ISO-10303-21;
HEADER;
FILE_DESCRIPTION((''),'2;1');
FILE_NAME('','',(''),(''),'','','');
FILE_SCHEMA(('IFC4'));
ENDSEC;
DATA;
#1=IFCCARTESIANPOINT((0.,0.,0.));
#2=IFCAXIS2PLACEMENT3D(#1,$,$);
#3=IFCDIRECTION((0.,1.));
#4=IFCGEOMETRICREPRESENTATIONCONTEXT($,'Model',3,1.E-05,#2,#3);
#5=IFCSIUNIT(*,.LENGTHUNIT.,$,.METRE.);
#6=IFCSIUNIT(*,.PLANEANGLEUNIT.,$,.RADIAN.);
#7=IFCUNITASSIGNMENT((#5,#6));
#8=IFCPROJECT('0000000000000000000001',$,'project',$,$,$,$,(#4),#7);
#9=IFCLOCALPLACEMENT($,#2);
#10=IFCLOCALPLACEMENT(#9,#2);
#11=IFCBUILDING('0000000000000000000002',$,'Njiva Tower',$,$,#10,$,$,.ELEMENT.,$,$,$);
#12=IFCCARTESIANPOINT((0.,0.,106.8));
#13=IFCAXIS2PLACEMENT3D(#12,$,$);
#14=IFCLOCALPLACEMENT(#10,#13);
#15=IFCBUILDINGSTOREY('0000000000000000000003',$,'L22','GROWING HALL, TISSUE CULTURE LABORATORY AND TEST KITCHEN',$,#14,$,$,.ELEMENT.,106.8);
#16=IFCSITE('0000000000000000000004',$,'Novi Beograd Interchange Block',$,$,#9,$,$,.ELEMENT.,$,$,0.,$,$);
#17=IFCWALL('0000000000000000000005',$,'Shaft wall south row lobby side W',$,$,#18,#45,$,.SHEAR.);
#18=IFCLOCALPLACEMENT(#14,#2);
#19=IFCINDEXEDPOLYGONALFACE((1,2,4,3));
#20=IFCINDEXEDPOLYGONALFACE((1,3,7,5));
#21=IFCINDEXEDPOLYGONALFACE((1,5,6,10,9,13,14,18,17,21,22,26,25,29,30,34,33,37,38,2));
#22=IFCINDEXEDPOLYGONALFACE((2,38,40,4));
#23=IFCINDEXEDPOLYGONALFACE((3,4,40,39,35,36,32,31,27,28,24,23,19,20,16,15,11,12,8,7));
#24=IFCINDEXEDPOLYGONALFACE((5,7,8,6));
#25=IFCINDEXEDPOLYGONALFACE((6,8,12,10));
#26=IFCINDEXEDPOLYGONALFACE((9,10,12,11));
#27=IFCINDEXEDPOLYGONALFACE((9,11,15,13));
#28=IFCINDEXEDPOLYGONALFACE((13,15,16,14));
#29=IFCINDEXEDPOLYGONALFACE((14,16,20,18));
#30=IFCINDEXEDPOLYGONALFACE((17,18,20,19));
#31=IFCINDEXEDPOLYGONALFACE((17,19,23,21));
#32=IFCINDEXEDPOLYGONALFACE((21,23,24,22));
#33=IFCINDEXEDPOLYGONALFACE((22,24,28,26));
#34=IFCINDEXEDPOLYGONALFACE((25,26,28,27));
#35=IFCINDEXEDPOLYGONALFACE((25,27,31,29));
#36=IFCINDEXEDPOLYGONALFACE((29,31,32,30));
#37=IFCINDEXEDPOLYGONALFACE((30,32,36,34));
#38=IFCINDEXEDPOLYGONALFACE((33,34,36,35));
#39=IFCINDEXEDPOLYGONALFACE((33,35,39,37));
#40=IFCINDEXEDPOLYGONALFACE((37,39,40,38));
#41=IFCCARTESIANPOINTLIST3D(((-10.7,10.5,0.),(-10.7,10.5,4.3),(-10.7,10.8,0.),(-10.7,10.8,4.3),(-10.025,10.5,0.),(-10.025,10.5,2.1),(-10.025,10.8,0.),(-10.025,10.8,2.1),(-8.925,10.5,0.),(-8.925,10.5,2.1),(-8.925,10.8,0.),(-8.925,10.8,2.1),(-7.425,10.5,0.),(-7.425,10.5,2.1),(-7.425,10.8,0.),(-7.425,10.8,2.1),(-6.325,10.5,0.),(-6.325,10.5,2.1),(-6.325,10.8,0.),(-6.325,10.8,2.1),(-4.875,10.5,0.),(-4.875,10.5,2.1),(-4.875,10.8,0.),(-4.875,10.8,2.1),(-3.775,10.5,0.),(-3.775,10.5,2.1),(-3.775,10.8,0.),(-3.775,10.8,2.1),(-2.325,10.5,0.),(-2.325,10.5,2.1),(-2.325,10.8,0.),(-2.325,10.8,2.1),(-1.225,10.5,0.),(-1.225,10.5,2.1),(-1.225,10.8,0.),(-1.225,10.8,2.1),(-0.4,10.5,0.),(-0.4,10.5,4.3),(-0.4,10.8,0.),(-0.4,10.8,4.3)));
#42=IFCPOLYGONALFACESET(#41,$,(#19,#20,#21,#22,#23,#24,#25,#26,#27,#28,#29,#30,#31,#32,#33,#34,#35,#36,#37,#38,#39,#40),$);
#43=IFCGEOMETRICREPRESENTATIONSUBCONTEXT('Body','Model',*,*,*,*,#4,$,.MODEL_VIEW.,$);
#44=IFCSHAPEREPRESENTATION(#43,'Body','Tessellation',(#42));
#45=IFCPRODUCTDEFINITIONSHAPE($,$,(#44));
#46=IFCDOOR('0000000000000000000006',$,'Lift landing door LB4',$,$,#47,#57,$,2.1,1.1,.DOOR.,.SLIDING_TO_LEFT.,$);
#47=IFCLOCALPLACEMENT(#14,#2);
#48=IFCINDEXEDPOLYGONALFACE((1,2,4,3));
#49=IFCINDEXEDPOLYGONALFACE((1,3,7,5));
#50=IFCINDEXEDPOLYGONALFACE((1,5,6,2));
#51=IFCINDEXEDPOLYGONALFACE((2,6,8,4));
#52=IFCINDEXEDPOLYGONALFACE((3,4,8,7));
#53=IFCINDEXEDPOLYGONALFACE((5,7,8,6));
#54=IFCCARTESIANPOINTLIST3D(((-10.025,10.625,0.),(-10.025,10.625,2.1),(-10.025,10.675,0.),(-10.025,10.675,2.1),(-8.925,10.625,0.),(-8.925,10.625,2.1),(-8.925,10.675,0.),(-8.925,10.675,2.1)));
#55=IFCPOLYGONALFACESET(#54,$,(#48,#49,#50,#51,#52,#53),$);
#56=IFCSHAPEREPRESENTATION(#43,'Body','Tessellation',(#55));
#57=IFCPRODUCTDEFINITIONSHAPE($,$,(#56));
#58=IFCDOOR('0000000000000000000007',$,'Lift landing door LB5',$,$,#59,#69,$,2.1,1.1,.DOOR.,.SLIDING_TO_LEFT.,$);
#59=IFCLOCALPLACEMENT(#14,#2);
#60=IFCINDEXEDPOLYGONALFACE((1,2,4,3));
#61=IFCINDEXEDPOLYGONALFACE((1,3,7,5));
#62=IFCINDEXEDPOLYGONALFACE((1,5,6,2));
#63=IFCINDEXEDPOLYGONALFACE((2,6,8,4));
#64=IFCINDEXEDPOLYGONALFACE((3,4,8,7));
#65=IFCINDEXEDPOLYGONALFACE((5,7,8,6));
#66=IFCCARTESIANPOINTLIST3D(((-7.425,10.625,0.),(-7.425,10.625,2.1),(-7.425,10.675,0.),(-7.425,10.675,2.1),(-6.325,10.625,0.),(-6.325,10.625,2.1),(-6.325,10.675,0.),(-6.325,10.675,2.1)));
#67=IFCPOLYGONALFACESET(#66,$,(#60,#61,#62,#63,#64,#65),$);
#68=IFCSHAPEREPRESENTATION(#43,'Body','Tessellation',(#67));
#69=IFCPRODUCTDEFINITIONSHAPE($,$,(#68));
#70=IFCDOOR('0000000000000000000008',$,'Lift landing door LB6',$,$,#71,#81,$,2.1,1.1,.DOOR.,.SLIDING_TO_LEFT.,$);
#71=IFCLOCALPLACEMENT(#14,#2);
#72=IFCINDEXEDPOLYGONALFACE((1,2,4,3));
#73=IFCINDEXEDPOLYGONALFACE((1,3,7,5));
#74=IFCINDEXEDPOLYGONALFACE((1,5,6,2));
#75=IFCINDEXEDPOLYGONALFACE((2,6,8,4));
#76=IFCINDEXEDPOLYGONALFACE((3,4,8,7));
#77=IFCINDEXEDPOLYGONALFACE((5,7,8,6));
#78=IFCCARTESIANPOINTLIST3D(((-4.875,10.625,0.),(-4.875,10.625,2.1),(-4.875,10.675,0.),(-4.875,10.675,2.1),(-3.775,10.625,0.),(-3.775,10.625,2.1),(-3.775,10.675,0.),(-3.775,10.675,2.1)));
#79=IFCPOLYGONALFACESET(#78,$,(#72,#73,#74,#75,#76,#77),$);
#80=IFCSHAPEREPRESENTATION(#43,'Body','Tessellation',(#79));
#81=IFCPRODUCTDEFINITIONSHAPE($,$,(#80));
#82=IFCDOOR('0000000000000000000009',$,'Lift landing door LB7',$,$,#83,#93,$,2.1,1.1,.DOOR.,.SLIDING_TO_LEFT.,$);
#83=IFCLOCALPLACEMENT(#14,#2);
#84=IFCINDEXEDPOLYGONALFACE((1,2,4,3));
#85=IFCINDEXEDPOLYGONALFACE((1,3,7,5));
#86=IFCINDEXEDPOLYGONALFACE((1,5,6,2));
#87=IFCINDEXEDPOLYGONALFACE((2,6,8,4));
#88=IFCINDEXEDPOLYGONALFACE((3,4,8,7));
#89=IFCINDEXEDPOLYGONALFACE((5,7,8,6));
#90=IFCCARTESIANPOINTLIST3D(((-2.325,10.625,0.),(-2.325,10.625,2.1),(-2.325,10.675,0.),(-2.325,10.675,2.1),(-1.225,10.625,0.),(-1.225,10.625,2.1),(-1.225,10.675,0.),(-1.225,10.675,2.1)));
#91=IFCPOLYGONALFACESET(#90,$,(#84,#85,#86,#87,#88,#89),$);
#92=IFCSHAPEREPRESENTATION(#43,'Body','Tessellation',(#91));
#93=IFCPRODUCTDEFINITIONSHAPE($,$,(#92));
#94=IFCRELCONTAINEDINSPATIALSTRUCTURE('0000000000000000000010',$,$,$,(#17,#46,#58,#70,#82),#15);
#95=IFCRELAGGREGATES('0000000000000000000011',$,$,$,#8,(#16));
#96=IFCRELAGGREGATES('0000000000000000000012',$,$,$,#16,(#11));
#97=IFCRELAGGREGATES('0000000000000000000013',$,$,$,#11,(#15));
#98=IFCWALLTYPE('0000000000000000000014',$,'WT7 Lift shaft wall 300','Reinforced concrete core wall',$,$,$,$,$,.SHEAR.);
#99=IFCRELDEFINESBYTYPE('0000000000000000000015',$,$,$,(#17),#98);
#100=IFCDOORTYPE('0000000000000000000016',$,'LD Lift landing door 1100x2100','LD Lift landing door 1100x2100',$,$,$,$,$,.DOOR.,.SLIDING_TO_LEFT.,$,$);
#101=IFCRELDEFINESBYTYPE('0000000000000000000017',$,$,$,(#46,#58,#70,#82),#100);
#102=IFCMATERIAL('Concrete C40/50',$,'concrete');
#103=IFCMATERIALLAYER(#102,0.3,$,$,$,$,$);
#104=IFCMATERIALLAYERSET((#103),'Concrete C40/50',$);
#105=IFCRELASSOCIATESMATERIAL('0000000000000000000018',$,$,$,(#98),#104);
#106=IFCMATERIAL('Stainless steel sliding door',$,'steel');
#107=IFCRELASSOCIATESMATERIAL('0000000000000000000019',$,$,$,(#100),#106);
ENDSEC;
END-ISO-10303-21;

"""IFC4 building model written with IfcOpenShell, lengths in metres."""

from ifc_helpers import new_model, si_unit, direction, frame, frame_2d, origin, place, context, subcontext, project, spatial, rectangle, extrude, material, layer, layer_set, type_object, element, fill, save


model = new_model("IFC4")

# Units and contexts
model_context = context("Model", 3, precision=1e-05, world=origin(), true_north=direction((0.0, 1.0)))
body_context = subcontext(model_context, "Body", "Model", "MODEL_VIEW")
ifc_project = project(units=[si_unit("LENGTHUNIT", "METRE"), si_unit("PLANEANGLEUNIT", "RADIAN")], contexts=[model_context])

# Site, building, storey
site_placement = place(None, origin())
site = spatial("IfcSite", under=ifc_project, at=site_placement, Name="Novi Beograd Interchange Block", CompositionType="ELEMENT", RefElevation=0.0)
building_placement = place(site_placement, origin())
building = spatial("IfcBuilding", under=site, at=building_placement, Name="Njiva Tower", CompositionType="ELEMENT")
storey_placement = place(building_placement, frame((0.0, 0.0, 106.8)))
storey = spatial("IfcBuildingStorey", under=building, at=storey_placement, Name="L22", Description="GROWING HALL, TISSUE CULTURE LABORATORY AND TEST KITCHEN", CompositionType="ELEMENT", Elevation=106.8)

# Shared definitions
ifc_material_1 = material(Name="Concrete C40/50", Category="concrete")

# Wall, openings, doors
ifc_layer_1 = layer(ifc_material_1, 0.3)
ifc_layer_set_1 = layer_set([ifc_layer_1], Name="Concrete C40/50")
wall_type_1 = type_object("IfcWallType", Name="WT7 Lift shaft wall 300", Description="Reinforced concrete core wall", PredefinedType="SHEAR", material=ifc_layer_set_1)
ifc_material_2 = material(Name="Stainless steel sliding door", Category="steel")
door_type_1 = type_object("IfcDoorType", Name="LD Lift landing door 1100x2100", Description="LD Lift landing door 1100x2100", OperationType="SLIDING_TO_LEFT", PredefinedType="DOOR", material=ifc_material_2)
wall_1_placement = place(storey_placement, frame((-10.7, 10.65, 0.0), z_axis=(0.0, 0.0, 1.0), x_axis=(1.0, 0.0, 0.0)))
wall_1 = element("IfcWall", 1, at=wall_1_placement, inside=storey, type_object=wall_type_1, Name="Shaft wall south row lobby side W", PredefinedType="SHEAR", context=body_context, shape_type="SweptSolid", body=[
    extrude(rectangle(XDim=10.3, YDim=0.3, at=frame_2d((5.15, 0.0))), origin(), (0.0, 0.0, 1.0), 4.3),
])
opening_1_placement = place(wall_1_placement, frame((0.675, 0.0, 0.0)))
opening_1 = element("IfcOpeningElement", 2, at=opening_1_placement, cuts=wall_1, PredefinedType="OPENING", context=body_context, shape_type="SweptSolid", body=[
    extrude(rectangle(XDim=1.1, YDim=2.1, at=frame_2d((0.55, 1.05))), frame((0.0, 0.16, 0.0), z_axis=(0.0, -1.0, 0.0), x_axis=(1.0, 0.0, 0.0)), (0.0, 0.0, 1.0), 0.32),
])
opening_2_placement = place(wall_1_placement, frame((3.275, 0.0, 0.0)))
opening_2 = element("IfcOpeningElement", 3, at=opening_2_placement, cuts=wall_1, PredefinedType="OPENING", context=body_context, shape_type="SweptSolid", body=[
    extrude(rectangle(XDim=1.1, YDim=2.1, at=frame_2d((0.55, 1.05))), frame((0.0, 0.16, 0.0), z_axis=(0.0, -1.0, 0.0), x_axis=(1.0, 0.0, 0.0)), (0.0, 0.0, 1.0), 0.32),
])
opening_3_placement = place(wall_1_placement, frame((5.825, 0.0, 0.0)))
opening_3 = element("IfcOpeningElement", 4, at=opening_3_placement, cuts=wall_1, PredefinedType="OPENING", context=body_context, shape_type="SweptSolid", body=[
    extrude(rectangle(XDim=1.1, YDim=2.1, at=frame_2d((0.55, 1.05))), frame((0.0, 0.16, 0.0), z_axis=(0.0, -1.0, 0.0), x_axis=(1.0, 0.0, 0.0)), (0.0, 0.0, 1.0), 0.32),
])
opening_4_placement = place(wall_1_placement, frame((8.375, 0.0, 0.0)))
opening_4 = element("IfcOpeningElement", 5, at=opening_4_placement, cuts=wall_1, PredefinedType="OPENING", context=body_context, shape_type="SweptSolid", body=[
    extrude(rectangle(XDim=1.1, YDim=2.1, at=frame_2d((0.55, 1.05))), frame((0.0, 0.16, 0.0), z_axis=(0.0, -1.0, 0.0), x_axis=(1.0, 0.0, 0.0)), (0.0, 0.0, 1.0), 0.32),
])
door_1_placement = place(opening_1_placement, origin())
door_1 = element("IfcDoor", 6, at=door_1_placement, inside=storey, type_object=door_type_1, Name="Lift landing door LB4", OperationType="SLIDING_TO_LEFT", OverallHeight=2.1, OverallWidth=1.1, PredefinedType="DOOR", context=body_context, shape_type="SweptSolid", body=[
    extrude(rectangle(XDim=1.1, YDim=2.1, at=frame_2d((0.55, 1.05))), frame((0.0, 0.025, 0.0), z_axis=(0.0, -1.0, 0.0), x_axis=(1.0, 0.0, 0.0)), (0.0, 0.0, 1.0), 0.05),
])
fill(opening_1, door_1)
door_2_placement = place(opening_2_placement, origin())
door_2 = element("IfcDoor", 7, at=door_2_placement, inside=storey, type_object=door_type_1, Name="Lift landing door LB5", OperationType="SLIDING_TO_LEFT", OverallHeight=2.1, OverallWidth=1.1, PredefinedType="DOOR", context=body_context, shape_type="SweptSolid", body=[
    extrude(rectangle(XDim=1.1, YDim=2.1, at=frame_2d((0.55, 1.05))), frame((0.0, 0.025, 0.0), z_axis=(0.0, -1.0, 0.0), x_axis=(1.0, 0.0, 0.0)), (0.0, 0.0, 1.0), 0.05),
])
fill(opening_2, door_2)
door_3_placement = place(opening_3_placement, origin())
door_3 = element("IfcDoor", 8, at=door_3_placement, inside=storey, type_object=door_type_1, Name="Lift landing door LB6", OperationType="SLIDING_TO_LEFT", OverallHeight=2.1, OverallWidth=1.1, PredefinedType="DOOR", context=body_context, shape_type="SweptSolid", body=[
    extrude(rectangle(XDim=1.1, YDim=2.1, at=frame_2d((0.55, 1.05))), frame((0.0, 0.025, 0.0), z_axis=(0.0, -1.0, 0.0), x_axis=(1.0, 0.0, 0.0)), (0.0, 0.0, 1.0), 0.05),
])
fill(opening_3, door_3)
door_4_placement = place(opening_4_placement, origin())
door_4 = element("IfcDoor", 9, at=door_4_placement, inside=storey, type_object=door_type_1, Name="Lift landing door LB7", OperationType="SLIDING_TO_LEFT", OverallHeight=2.1, OverallWidth=1.1, PredefinedType="DOOR", context=body_context, shape_type="SweptSolid", body=[
    extrude(rectangle(XDim=1.1, YDim=2.1, at=frame_2d((0.55, 1.05))), frame((0.0, 0.025, 0.0), z_axis=(0.0, -1.0, 0.0), x_axis=(1.0, 0.0, 0.0)), (0.0, 0.0, 1.0), 0.05),
])
fill(opening_4, door_4)

save(model, "model.ifc")
